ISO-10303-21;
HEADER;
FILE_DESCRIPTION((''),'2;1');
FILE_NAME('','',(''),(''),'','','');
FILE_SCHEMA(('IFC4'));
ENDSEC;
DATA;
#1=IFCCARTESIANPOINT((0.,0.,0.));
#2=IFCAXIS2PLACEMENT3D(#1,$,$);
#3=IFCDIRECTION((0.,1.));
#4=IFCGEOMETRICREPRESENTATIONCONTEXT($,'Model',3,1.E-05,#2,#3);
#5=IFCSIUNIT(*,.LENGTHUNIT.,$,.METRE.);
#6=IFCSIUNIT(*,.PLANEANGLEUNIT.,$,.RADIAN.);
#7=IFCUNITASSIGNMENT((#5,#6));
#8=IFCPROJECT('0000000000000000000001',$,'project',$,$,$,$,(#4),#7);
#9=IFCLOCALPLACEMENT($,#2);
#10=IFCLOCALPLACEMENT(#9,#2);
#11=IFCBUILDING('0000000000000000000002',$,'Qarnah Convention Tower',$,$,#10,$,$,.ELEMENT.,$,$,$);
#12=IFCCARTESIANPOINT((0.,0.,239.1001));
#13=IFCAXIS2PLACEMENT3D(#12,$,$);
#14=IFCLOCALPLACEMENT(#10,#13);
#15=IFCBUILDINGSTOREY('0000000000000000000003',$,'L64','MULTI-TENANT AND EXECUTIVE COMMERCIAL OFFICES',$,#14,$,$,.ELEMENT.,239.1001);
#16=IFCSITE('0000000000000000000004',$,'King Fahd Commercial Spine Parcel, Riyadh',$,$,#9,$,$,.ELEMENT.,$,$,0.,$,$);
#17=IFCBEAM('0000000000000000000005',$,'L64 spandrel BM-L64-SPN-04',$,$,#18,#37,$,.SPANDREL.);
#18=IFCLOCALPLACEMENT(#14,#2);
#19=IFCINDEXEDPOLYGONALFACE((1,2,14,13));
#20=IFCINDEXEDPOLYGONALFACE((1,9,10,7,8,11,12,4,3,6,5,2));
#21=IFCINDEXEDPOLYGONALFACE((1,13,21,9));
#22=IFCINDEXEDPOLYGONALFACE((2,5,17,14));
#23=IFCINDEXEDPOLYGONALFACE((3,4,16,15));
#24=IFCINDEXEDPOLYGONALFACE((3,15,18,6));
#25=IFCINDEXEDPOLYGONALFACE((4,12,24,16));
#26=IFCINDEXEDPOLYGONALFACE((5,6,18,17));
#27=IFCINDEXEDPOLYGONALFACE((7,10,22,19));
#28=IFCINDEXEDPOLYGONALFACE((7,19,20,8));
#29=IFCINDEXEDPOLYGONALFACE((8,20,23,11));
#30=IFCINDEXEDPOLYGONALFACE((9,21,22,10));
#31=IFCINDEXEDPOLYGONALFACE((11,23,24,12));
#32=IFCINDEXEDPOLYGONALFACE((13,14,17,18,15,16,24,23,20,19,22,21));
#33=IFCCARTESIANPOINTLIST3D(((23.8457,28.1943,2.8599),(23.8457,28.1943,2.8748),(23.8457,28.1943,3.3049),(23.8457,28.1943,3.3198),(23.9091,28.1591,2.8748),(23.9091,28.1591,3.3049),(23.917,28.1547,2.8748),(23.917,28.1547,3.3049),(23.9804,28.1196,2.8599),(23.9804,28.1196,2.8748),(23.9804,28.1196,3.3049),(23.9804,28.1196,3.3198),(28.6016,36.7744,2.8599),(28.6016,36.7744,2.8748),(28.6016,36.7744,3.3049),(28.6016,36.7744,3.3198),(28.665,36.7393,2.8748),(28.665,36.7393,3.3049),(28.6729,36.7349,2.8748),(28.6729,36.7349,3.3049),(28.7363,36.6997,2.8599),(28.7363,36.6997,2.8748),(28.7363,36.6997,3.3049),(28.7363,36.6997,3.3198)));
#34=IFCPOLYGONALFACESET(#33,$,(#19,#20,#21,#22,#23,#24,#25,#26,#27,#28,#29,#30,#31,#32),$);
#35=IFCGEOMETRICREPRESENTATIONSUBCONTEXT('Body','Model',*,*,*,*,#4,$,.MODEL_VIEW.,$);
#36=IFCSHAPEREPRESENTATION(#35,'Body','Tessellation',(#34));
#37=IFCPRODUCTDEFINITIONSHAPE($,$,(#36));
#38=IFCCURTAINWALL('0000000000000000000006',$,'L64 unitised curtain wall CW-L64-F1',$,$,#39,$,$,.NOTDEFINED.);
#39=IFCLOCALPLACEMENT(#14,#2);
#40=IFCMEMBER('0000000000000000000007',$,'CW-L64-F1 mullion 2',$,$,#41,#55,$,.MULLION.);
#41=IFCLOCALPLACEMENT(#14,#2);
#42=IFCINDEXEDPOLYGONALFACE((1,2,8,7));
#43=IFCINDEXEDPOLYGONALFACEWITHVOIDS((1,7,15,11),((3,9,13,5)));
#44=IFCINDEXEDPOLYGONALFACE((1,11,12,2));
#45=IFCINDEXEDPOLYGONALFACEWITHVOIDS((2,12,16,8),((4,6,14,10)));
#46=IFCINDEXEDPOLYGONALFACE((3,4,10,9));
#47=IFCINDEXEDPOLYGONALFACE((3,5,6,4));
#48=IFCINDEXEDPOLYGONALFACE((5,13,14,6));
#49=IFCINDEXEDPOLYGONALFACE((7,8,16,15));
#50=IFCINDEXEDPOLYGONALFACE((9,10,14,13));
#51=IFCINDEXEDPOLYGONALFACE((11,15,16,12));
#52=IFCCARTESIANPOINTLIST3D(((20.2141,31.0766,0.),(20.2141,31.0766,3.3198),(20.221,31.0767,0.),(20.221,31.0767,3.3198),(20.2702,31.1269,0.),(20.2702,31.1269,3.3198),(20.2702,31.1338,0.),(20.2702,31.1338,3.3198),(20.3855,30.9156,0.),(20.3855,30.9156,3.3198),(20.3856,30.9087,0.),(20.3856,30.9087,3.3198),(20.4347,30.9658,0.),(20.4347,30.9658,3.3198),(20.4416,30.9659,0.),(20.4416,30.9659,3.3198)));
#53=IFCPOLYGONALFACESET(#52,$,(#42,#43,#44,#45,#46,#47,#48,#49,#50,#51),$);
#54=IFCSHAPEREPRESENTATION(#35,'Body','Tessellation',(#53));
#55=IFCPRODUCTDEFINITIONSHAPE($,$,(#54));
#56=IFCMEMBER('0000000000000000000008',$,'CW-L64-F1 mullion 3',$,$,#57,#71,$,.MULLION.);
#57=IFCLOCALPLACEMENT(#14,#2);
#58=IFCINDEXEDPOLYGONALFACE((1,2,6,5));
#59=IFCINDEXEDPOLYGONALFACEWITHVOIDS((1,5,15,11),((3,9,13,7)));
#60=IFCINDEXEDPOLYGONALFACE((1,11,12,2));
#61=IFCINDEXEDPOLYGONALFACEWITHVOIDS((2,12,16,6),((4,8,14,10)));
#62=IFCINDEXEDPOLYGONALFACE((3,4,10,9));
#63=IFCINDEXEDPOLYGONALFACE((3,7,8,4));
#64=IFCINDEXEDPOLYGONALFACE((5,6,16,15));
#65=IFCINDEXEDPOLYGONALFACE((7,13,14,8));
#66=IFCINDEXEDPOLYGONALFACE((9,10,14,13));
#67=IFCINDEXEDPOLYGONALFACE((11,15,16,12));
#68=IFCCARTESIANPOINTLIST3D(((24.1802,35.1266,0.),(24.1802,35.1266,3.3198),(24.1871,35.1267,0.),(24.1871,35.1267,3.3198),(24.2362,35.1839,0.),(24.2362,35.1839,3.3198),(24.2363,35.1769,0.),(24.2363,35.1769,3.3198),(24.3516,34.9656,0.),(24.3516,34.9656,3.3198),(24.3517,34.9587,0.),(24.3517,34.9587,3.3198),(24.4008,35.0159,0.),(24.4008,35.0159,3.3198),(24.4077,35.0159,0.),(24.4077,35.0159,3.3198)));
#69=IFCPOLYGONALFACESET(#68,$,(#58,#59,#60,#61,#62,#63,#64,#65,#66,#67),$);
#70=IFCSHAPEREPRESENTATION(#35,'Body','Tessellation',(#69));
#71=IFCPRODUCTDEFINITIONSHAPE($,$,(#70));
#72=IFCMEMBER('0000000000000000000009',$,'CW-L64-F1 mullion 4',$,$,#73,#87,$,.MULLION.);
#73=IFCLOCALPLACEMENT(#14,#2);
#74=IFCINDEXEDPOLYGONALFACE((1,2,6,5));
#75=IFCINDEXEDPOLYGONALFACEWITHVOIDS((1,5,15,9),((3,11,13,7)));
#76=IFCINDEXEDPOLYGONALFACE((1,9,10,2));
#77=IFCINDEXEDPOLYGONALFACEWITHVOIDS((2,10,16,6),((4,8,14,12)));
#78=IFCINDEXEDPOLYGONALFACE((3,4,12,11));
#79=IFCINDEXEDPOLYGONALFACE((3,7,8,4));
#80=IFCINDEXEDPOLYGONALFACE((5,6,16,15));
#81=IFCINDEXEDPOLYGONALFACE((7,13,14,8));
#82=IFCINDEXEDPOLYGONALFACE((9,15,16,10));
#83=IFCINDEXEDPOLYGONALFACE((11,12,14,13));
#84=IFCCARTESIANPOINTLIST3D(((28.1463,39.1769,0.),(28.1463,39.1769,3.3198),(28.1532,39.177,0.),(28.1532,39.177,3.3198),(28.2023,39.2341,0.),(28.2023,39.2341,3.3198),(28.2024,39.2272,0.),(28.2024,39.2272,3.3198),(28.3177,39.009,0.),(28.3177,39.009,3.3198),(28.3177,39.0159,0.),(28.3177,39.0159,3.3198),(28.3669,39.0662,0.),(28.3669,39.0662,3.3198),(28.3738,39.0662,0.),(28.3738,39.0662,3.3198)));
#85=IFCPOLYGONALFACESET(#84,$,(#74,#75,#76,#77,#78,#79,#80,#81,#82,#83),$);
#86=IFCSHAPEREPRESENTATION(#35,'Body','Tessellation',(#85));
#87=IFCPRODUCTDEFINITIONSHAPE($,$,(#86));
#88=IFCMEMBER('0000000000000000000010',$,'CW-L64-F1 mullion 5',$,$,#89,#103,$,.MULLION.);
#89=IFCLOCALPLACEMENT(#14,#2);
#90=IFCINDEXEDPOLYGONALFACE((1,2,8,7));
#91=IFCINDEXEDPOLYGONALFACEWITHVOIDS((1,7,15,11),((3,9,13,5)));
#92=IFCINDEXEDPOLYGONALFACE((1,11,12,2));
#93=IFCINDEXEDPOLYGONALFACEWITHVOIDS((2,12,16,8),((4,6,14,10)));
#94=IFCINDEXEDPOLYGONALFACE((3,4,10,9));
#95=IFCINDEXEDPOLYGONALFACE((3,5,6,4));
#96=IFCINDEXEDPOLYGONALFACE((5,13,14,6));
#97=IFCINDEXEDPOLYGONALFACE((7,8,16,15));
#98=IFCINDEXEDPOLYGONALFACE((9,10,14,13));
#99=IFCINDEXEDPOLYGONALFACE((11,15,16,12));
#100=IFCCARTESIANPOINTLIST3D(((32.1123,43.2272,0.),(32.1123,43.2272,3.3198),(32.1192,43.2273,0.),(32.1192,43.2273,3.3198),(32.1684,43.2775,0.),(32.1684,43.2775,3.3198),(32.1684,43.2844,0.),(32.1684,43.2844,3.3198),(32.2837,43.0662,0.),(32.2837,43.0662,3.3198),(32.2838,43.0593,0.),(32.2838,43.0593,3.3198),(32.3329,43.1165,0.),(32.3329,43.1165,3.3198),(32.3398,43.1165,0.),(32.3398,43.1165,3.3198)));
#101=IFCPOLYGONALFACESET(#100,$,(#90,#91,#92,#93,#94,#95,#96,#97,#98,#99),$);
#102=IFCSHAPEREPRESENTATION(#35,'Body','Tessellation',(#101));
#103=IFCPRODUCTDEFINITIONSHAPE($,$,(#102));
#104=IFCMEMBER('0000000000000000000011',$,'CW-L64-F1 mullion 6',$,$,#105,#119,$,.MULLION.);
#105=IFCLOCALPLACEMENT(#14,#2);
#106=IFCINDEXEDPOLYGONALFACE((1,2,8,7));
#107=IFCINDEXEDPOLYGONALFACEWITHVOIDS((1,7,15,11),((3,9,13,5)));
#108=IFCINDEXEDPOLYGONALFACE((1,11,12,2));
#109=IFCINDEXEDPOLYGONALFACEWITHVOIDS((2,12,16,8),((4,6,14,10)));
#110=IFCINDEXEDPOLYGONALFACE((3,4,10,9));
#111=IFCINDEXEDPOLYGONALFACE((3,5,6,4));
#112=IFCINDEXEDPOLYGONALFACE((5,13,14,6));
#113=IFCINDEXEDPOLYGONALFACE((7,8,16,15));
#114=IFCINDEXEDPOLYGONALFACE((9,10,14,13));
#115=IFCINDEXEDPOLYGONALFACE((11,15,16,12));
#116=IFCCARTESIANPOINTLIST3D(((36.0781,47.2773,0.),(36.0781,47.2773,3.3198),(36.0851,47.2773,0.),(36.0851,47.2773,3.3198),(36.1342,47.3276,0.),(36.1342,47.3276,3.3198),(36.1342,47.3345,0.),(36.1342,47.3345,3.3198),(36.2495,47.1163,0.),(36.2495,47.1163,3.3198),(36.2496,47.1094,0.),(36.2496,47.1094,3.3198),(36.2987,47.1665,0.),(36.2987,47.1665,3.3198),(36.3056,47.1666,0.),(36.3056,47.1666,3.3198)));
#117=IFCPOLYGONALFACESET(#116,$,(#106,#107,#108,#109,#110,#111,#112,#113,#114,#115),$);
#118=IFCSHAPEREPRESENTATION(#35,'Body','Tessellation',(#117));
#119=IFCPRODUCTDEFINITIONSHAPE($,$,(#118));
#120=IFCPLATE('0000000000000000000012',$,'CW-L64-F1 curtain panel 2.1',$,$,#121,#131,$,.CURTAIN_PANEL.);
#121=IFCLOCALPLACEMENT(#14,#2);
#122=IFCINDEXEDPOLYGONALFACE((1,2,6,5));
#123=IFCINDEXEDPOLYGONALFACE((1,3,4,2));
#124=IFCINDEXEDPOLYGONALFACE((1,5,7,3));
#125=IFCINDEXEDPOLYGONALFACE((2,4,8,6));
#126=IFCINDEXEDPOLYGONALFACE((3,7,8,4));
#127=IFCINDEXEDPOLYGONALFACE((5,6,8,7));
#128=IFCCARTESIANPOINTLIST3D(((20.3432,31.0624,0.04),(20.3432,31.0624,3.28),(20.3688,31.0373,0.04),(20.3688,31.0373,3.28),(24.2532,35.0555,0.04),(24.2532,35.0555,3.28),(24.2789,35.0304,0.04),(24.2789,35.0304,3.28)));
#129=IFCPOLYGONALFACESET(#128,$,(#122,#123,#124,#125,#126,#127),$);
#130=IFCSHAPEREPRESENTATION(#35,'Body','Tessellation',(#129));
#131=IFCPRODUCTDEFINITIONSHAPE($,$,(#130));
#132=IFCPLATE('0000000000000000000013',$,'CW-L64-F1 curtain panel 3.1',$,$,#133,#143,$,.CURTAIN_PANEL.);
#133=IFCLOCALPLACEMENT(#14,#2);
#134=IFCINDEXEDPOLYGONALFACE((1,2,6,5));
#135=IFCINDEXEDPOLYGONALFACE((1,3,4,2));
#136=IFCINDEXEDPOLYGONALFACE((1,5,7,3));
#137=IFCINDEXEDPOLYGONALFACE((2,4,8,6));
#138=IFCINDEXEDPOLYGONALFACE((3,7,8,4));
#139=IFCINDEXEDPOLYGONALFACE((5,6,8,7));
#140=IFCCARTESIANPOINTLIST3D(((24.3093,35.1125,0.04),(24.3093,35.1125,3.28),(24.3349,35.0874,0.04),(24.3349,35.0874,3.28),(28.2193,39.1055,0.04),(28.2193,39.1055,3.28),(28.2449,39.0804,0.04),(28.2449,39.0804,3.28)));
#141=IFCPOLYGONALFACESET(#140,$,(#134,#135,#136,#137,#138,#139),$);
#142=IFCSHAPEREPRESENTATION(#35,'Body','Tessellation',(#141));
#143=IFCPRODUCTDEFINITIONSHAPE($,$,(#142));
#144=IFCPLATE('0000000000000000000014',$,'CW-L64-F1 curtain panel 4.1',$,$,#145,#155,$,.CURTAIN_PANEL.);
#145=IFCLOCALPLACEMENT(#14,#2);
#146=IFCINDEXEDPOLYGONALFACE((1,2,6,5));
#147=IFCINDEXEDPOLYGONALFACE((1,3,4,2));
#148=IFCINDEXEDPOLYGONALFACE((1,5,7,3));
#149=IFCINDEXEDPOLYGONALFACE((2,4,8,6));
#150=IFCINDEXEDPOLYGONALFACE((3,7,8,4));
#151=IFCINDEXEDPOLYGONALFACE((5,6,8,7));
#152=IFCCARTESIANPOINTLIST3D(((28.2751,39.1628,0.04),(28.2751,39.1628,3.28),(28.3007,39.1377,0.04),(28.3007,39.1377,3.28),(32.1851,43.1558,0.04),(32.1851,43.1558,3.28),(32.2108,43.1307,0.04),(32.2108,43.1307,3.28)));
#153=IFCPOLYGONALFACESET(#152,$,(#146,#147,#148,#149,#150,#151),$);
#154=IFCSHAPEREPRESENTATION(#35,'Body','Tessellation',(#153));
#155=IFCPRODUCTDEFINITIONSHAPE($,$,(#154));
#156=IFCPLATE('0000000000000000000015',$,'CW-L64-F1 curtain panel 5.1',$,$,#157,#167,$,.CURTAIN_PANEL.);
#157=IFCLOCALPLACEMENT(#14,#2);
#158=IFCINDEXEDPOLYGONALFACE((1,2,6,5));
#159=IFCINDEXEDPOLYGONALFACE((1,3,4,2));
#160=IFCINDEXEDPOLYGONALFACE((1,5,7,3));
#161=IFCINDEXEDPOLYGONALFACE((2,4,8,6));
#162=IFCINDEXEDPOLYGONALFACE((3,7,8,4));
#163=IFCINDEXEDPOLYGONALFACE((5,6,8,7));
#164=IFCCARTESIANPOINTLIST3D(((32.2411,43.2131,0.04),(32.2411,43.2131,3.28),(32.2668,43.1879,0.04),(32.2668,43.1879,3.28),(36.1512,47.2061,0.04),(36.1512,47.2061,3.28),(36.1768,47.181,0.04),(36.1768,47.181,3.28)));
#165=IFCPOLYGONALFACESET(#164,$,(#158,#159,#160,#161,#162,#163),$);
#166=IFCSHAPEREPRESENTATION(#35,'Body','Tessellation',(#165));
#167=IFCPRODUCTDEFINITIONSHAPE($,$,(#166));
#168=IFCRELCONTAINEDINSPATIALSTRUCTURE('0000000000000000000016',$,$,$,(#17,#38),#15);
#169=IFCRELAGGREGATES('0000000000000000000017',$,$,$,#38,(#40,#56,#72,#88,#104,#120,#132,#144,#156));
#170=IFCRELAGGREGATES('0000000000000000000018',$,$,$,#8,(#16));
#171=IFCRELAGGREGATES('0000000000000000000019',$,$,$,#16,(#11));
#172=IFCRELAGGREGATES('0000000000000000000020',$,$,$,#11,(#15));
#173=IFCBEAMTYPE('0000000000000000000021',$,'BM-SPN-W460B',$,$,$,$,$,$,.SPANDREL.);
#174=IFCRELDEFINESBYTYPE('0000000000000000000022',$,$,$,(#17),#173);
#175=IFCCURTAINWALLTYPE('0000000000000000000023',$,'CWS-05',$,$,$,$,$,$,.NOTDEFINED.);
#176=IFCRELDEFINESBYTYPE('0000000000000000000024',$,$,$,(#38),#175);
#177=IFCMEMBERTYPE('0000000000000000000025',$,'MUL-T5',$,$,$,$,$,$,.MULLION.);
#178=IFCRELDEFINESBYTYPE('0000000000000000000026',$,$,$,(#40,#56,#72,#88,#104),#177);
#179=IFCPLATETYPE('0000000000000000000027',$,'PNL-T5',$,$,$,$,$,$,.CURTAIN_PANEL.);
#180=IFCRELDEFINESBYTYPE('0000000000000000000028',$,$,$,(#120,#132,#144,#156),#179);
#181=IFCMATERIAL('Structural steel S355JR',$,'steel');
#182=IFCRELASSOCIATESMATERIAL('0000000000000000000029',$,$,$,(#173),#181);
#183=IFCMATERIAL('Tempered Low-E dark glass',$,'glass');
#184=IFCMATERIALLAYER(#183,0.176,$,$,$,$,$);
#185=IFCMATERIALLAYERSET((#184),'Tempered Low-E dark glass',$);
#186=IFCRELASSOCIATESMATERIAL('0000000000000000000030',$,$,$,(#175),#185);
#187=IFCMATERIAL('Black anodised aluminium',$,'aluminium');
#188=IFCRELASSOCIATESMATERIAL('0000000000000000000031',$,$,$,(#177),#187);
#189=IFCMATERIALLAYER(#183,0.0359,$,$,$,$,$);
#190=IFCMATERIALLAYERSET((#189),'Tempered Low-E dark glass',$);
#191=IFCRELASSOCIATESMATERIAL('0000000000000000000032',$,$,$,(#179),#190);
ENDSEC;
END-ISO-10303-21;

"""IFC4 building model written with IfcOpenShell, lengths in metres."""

from ifc_helpers import new_model, si_unit, direction, frame, origin, origin_2d, place, context, subcontext, project, spatial, rectangle, hollow_rectangle, i_section, extrude, material, layer, layer_set, material_profile, profile_set, type_object, element, aggregate, save


model = new_model("IFC4")

# Units and contexts
model_context = context("Model", 3, precision=1e-05, world=origin(), true_north=direction((0.0, 1.0)))
body_context = subcontext(model_context, "Body", "Model", "MODEL_VIEW")
ifc_project = project(units=[si_unit("LENGTHUNIT", "METRE"), si_unit("PLANEANGLEUNIT", "RADIAN")], contexts=[model_context])

# Site, building, storey
site_placement = place(None, origin())
site = spatial("IfcSite", under=ifc_project, at=site_placement, Name="King Fahd Commercial Spine Parcel, Riyadh", CompositionType="ELEMENT", RefElevation=0.0)
building_placement = place(site_placement, origin())
building = spatial("IfcBuilding", under=site, at=building_placement, Name="Qarnah Convention Tower", CompositionType="ELEMENT")
storey_placement = place(building_placement, frame((0.0, 0.0, 239.1001)))
storey = spatial("IfcBuildingStorey", under=building, at=storey_placement, Name="L64", Description="MULTI-TENANT AND EXECUTIVE COMMERCIAL OFFICES", CompositionType="ELEMENT", Elevation=239.1001)

# Beam
ifc_material_1 = material(Name="Structural steel S355JR", Category="steel")
ifc_material_profile_1 = material_profile(ifc_material_1, i_section(OverallWidth=0.1541, OverallDepth=0.46, WebThickness=0.009, FlangeThickness=0.0149, at=origin_2d()), Name="W460X68")
ifc_profile_set_1 = profile_set([ifc_material_profile_1], Name="Structural steel S355JR")
beam_type_1 = type_object("IfcBeamType", Name="BM-SPN-W460B", PredefinedType="SPANDREL", material=ifc_profile_set_1)
beam_1_placement = place(storey_placement, frame((28.6689, 36.7371, 3.0898), z_axis=(-0.484797, -0.874626, 0.0), x_axis=(0.874626, -0.484797, 0.0)))
element("IfcBeam", 1, at=beam_1_placement, inside=storey, type_object=beam_type_1, Name="L64 spandrel BM-L64-SPN-04", PredefinedType="SPANDREL", context=body_context, shape_type="SweptSolid", body=[
    extrude(i_section(OverallWidth=0.1541, OverallDepth=0.46, WebThickness=0.009, FlangeThickness=0.0149, at=origin_2d()), origin(), (0.0, 0.0, 1.0), 9.8101),
])

# Curtain wall, members, plates
ifc_material_2 = material(Name="Tempered Low-E dark glass", Category="glass")
ifc_layer_1 = layer(ifc_material_2, 0.176)
ifc_layer_set_1 = layer_set([ifc_layer_1], Name="Tempered Low-E dark glass")
curtain_wall_type = type_object("IfcCurtainWallType", Name="CWS-05", PredefinedType="NOTDEFINED", material=ifc_layer_set_1)
curtain_wall_placement = place(storey_placement, origin())
curtain_wall = element("IfcCurtainWall", 2, at=curtain_wall_placement, inside=storey, type_object=curtain_wall_type, Name="L64 unitised curtain wall CW-L64-F1", PredefinedType="NOTDEFINED")
ifc_material_3 = material(Name="Black anodised aluminium", Category="aluminium")
ifc_material_profile_2 = material_profile(ifc_material_3, hollow_rectangle(XDim=0.0801, YDim=0.24, WallThickness=0.0049, at=origin_2d()), Name="MUL-80X240")
ifc_profile_set_2 = profile_set([ifc_material_profile_2], Name="Black anodised aluminium")
member_type = type_object("IfcMemberType", Name="MUL-T5", PredefinedType="MULLION", material=ifc_profile_set_2)
member_1_placement = place(storey_placement, frame((20.3279, 31.0212, 0.0), z_axis=(0.0, 0.0, 1.0), x_axis=(0.699641, 0.714495, 0.0)))
member_1 = element("IfcMember", 3, at=member_1_placement, type_object=member_type, Name="CW-L64-F1 mullion 2", PredefinedType="MULLION", context=body_context, shape_type="SweptSolid", body=[
    extrude(hollow_rectangle(XDim=0.0801, YDim=0.24, WallThickness=0.0049, at=origin_2d()), origin(), (0.0, 0.0, 1.0), 3.3198),
])
member_2_placement = place(storey_placement, frame((24.2939, 35.0713, 0.0), z_axis=(0.0, 0.0, 1.0), x_axis=(0.699641, 0.714495, 0.0)))
member_2 = element("IfcMember", 4, at=member_2_placement, type_object=member_type, Name="CW-L64-F1 mullion 3", PredefinedType="MULLION", context=body_context, shape_type="SweptSolid", body=[
    extrude(hollow_rectangle(XDim=0.0801, YDim=0.24, WallThickness=0.0049, at=origin_2d()), origin(), (0.0, 0.0, 1.0), 3.3198),
])
member_3_placement = place(storey_placement, frame((28.26, 39.1216, 0.0), z_axis=(0.0, 0.0, 1.0), x_axis=(0.699641, 0.714495, 0.0)))
member_3 = element("IfcMember", 5, at=member_3_placement, type_object=member_type, Name="CW-L64-F1 mullion 4", PredefinedType="MULLION", context=body_context, shape_type="SweptSolid", body=[
    extrude(hollow_rectangle(XDim=0.0801, YDim=0.24, WallThickness=0.0049, at=origin_2d()), origin(), (0.0, 0.0, 1.0), 3.3198),
])
member_4_placement = place(storey_placement, frame((32.2261, 43.1719, 0.0), z_axis=(0.0, 0.0, 1.0), x_axis=(0.699641, 0.714495, 0.0)))
member_4 = element("IfcMember", 6, at=member_4_placement, type_object=member_type, Name="CW-L64-F1 mullion 5", PredefinedType="MULLION", context=body_context, shape_type="SweptSolid", body=[
    extrude(hollow_rectangle(XDim=0.0801, YDim=0.24, WallThickness=0.0049, at=origin_2d()), origin(), (0.0, 0.0, 1.0), 3.3198),
])
member_5_placement = place(storey_placement, frame((36.1919, 47.2219, 0.0), z_axis=(0.0, 0.0, 1.0), x_axis=(0.699641, 0.714495, 0.0)))
member_5 = element("IfcMember", 7, at=member_5_placement, type_object=member_type, Name="CW-L64-F1 mullion 6", PredefinedType="MULLION", context=body_context, shape_type="SweptSolid", body=[
    extrude(hollow_rectangle(XDim=0.0801, YDim=0.24, WallThickness=0.0049, at=origin_2d()), origin(), (0.0, 0.0, 1.0), 3.3198),
])
ifc_layer_2 = layer(ifc_material_2, 0.0359)
ifc_layer_set_2 = layer_set([ifc_layer_2], Name="Tempered Low-E dark glass")
plate_type = type_object("IfcPlateType", Name="PNL-T5", PredefinedType="CURTAIN_PANEL", material=ifc_layer_set_2)
plate_1_placement = place(storey_placement, frame((22.311, 33.0464, 0.04), z_axis=(0.0, 0.0, 1.0), x_axis=(0.699641, 0.714495, 0.0)))
plate_1 = element("IfcPlate", 8, at=plate_1_placement, type_object=plate_type, Name="CW-L64-F1 curtain panel 2.1", PredefinedType="CURTAIN_PANEL", context=body_context, shape_type="SweptSolid", body=[
    extrude(rectangle(XDim=5.5886, YDim=0.0359, at=origin_2d()), origin(), (0.0, 0.0, 1.0), 3.24),
])
plate_2_placement = place(storey_placement, frame((26.2771, 37.0964, 0.04), z_axis=(0.0, 0.0, 1.0), x_axis=(0.699641, 0.714495, 0.0)))
plate_2 = element("IfcPlate", 9, at=plate_2_placement, type_object=plate_type, Name="CW-L64-F1 curtain panel 3.1", PredefinedType="CURTAIN_PANEL", context=body_context, shape_type="SweptSolid", body=[
    extrude(rectangle(XDim=5.5886, YDim=0.0359, at=origin_2d()), origin(), (0.0, 0.0, 1.0), 3.24),
])
plate_3_placement = place(storey_placement, frame((30.2429, 41.1467, 0.04), z_axis=(0.0, 0.0, 1.0), x_axis=(0.699641, 0.714495, 0.0)))
plate_3 = element("IfcPlate", 10, at=plate_3_placement, type_object=plate_type, Name="CW-L64-F1 curtain panel 4.1", PredefinedType="CURTAIN_PANEL", context=body_context, shape_type="SweptSolid", body=[
    extrude(rectangle(XDim=5.5886, YDim=0.0359, at=origin_2d()), origin(), (0.0, 0.0, 1.0), 3.24),
])
plate_4_placement = place(storey_placement, frame((34.209, 45.197, 0.04), z_axis=(0.0, 0.0, 1.0), x_axis=(0.699641, 0.714495, 0.0)))
plate_4 = element("IfcPlate", 11, at=plate_4_placement, type_object=plate_type, Name="CW-L64-F1 curtain panel 5.1", PredefinedType="CURTAIN_PANEL", context=body_context, shape_type="SweptSolid", body=[
    extrude(rectangle(XDim=5.5886, YDim=0.0359, at=origin_2d()), origin(), (0.0, 0.0, 1.0), 3.24),
])
aggregate(curtain_wall, [member_1, member_2, member_3, member_4, member_5, plate_1, plate_2, plate_3, plate_4])

save(model, "model.ifc")
